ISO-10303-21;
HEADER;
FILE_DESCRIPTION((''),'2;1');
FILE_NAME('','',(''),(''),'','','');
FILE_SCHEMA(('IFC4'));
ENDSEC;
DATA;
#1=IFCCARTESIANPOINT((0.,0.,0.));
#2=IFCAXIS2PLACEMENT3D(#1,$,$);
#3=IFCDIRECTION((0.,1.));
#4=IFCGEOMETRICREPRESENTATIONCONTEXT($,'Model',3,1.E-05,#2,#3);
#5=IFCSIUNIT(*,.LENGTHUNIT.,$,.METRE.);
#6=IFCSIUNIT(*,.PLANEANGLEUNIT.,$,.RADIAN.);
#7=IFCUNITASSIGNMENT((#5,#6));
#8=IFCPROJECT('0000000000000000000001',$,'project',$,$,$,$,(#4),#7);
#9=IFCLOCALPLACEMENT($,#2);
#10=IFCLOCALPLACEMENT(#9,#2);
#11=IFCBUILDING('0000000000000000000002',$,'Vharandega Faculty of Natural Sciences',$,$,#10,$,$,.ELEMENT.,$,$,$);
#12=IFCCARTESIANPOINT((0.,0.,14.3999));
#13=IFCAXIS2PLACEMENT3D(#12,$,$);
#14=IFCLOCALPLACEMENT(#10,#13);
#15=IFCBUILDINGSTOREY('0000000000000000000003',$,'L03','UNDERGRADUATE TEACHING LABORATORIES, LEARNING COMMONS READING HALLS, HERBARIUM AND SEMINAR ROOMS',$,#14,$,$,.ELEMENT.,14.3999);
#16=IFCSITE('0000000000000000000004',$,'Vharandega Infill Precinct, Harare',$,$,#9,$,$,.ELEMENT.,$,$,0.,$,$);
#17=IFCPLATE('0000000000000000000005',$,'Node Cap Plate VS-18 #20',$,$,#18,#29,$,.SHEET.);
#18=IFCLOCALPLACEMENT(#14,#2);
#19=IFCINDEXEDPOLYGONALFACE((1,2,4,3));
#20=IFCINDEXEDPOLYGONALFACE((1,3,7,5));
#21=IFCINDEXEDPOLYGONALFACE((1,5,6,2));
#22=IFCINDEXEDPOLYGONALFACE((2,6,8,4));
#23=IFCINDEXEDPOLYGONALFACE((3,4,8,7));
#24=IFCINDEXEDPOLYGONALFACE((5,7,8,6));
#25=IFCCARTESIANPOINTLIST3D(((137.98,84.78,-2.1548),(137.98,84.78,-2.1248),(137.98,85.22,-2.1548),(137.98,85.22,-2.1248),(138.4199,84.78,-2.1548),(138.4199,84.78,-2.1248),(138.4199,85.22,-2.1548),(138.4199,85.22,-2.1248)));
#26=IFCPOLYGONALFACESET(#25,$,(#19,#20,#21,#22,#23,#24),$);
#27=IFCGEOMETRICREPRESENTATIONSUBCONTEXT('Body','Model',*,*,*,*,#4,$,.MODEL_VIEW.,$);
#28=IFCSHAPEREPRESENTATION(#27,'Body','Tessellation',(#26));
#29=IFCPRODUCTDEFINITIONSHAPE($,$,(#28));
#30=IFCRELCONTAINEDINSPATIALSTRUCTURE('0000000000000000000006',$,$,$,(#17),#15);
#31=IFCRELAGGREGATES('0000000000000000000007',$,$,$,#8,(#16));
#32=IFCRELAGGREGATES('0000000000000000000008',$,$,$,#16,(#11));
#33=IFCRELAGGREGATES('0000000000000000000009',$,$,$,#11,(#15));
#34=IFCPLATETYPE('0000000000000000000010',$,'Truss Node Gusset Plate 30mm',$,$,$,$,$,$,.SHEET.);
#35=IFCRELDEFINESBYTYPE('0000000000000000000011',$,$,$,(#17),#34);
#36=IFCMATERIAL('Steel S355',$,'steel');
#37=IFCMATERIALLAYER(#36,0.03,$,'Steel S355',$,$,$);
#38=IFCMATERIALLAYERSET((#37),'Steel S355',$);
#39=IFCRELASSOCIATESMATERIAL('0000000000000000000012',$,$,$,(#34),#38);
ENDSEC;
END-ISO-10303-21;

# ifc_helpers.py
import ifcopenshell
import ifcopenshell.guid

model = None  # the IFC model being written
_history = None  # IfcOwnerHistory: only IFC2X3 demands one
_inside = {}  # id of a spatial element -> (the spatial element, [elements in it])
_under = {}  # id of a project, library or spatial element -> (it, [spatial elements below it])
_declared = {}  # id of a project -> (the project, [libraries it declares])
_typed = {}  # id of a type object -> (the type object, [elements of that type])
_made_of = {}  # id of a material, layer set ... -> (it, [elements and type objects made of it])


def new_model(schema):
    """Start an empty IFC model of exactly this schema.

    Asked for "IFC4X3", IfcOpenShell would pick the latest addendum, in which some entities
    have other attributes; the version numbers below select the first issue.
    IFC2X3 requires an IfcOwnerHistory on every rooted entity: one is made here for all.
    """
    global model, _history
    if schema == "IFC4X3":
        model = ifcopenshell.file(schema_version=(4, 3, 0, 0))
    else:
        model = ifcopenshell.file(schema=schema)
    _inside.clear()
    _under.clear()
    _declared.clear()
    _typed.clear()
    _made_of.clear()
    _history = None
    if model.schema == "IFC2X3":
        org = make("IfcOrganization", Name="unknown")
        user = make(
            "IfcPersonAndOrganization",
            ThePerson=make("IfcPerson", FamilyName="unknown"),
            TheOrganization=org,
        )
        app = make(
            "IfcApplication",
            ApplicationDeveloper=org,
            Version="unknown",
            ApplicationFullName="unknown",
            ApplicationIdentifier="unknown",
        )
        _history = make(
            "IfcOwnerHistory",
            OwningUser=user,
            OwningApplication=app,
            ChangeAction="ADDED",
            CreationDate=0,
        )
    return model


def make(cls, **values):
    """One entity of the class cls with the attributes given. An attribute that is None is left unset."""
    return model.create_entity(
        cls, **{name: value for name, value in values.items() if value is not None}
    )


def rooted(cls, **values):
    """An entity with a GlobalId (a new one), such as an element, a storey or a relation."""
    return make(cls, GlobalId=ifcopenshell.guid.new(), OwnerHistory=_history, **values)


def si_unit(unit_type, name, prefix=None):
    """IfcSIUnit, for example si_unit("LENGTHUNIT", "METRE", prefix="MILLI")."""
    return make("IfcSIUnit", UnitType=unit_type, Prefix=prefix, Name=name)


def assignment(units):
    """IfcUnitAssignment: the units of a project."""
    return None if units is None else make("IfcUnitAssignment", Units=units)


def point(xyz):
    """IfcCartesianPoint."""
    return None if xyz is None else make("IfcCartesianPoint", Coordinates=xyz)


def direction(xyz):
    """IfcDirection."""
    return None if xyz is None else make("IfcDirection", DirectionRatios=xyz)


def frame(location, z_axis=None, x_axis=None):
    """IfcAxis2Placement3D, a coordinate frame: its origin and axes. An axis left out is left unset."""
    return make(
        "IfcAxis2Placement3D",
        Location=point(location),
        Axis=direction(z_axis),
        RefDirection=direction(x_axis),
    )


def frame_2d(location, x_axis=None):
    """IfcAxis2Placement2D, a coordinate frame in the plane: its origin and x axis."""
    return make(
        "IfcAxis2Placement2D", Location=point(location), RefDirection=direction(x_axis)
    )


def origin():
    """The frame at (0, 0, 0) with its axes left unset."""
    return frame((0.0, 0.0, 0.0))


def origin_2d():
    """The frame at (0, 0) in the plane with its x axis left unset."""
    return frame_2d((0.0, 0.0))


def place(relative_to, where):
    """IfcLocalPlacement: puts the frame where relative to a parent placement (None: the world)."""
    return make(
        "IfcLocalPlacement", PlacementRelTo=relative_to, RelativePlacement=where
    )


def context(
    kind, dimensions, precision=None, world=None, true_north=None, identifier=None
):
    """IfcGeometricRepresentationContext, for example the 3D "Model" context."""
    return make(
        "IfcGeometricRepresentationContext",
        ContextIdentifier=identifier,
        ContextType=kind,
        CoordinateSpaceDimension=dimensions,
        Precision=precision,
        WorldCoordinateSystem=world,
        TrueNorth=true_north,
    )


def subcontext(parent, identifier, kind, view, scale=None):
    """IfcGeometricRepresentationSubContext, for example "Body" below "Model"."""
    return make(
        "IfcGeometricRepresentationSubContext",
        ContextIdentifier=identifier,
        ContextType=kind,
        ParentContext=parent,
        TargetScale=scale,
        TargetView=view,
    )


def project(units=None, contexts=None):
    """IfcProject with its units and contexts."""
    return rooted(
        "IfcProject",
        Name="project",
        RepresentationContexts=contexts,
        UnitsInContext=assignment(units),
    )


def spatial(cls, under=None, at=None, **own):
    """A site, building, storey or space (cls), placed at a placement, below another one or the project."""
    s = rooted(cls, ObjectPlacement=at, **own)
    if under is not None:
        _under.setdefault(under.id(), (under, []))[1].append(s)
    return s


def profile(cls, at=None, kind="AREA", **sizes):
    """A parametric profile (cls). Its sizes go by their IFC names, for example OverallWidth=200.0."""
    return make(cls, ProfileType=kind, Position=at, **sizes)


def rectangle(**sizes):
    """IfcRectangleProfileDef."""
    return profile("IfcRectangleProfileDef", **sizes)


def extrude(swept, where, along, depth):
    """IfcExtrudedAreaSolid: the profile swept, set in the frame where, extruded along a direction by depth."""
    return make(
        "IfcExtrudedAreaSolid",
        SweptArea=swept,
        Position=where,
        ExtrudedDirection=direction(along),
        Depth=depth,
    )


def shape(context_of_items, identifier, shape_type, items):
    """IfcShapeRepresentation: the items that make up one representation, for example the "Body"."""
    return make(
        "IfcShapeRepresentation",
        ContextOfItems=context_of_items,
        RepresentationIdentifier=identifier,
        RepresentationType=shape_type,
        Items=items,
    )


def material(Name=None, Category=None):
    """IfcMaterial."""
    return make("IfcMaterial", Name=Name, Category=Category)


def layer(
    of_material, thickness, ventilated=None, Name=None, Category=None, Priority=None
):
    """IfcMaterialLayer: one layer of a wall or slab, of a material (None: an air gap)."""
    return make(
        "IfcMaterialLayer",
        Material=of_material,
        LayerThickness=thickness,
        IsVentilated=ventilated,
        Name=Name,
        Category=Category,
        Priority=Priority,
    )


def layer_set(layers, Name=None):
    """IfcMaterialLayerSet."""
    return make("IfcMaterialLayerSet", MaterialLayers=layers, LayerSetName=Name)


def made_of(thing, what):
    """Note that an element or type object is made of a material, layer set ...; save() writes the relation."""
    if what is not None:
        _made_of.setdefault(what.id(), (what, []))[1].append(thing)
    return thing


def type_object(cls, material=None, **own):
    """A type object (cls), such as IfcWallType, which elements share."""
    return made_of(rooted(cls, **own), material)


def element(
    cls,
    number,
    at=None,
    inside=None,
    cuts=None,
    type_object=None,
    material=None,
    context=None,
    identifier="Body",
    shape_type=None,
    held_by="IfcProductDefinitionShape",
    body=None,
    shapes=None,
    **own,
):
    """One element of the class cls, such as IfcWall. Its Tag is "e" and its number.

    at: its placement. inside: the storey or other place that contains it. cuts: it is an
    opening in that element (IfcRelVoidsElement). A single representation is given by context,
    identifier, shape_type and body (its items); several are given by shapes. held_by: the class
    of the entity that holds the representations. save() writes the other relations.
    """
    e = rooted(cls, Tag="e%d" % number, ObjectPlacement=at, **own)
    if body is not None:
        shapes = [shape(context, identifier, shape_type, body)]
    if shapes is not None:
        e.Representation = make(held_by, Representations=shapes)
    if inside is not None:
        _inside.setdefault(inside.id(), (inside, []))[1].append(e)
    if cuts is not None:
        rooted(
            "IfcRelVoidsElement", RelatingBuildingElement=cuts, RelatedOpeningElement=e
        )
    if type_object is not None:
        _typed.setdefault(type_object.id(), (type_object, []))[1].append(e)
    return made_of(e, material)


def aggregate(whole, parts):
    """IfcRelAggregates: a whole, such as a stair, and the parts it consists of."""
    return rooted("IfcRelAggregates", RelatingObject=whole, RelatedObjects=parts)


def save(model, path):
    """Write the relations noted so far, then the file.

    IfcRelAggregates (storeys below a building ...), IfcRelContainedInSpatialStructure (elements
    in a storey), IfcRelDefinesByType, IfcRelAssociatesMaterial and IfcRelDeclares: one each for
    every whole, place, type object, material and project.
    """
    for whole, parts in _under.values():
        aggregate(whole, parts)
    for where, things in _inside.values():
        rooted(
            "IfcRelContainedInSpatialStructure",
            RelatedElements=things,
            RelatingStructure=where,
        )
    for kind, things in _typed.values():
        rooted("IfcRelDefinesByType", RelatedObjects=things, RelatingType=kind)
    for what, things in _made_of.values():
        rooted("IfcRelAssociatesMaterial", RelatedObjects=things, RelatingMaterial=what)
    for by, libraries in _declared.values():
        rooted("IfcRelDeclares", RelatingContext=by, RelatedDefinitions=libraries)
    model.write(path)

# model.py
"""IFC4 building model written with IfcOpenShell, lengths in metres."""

from ifc_helpers import new_model, si_unit, direction, frame, origin, origin_2d, place, context, subcontext, project, spatial, rectangle, extrude, material, layer, layer_set, type_object, element, save


model = new_model("IFC4")

# Units and contexts
model_context = context("Model", 3, precision=1e-05, world=origin(), true_north=direction((0.0, 1.0)))
body_context = subcontext(model_context, "Body", "Model", "MODEL_VIEW")
ifc_project = project(units=[si_unit("LENGTHUNIT", "METRE"), si_unit("PLANEANGLEUNIT", "RADIAN")], contexts=[model_context])

# Site, building, storey
site_placement = place(None, origin())
site = spatial("IfcSite", under=ifc_project, at=site_placement, Name="Vharandega Infill Precinct, Harare", CompositionType="ELEMENT", RefElevation=0.0)
building_placement = place(site_placement, origin())
building = spatial("IfcBuilding", under=site, at=building_placement, Name="Vharandega Faculty of Natural Sciences", CompositionType="ELEMENT")
storey_placement = place(building_placement, frame((0.0, 0.0, 14.3999)))
storey = spatial("IfcBuildingStorey", under=building, at=storey_placement, Name="L03", Description="UNDERGRADUATE TEACHING LABORATORIES, LEARNING COMMONS READING HALLS, HERBARIUM AND SEMINAR ROOMS", CompositionType="ELEMENT", Elevation=14.3999)

# Plate
ifc_material_1 = material(Name="Steel S355", Category="steel")
ifc_layer_1 = layer(ifc_material_1, 0.03, Name="Steel S355")
ifc_layer_set_1 = layer_set([ifc_layer_1], Name="Steel S355")
plate_type_1 = type_object("IfcPlateType", Name="Truss Node Gusset Plate 30mm", PredefinedType="SHEET", material=ifc_layer_set_1)
plate_1_placement = place(storey_placement, frame((138.2, 85.0, -2.1548), z_axis=(0.0, 0.0, 1.0), x_axis=(1.0, 0.0, 0.0)))
element("IfcPlate", 1, at=plate_1_placement, inside=storey, type_object=plate_type_1, Name="Node Cap Plate VS-18 #20", PredefinedType="SHEET", context=body_context, shape_type="SweptSolid", body=[
    extrude(rectangle(XDim=0.4399, YDim=0.4399, at=origin_2d()), origin(), (0.0, 0.0, 1.0), 0.03),
])

save(model, "model.ifc")
